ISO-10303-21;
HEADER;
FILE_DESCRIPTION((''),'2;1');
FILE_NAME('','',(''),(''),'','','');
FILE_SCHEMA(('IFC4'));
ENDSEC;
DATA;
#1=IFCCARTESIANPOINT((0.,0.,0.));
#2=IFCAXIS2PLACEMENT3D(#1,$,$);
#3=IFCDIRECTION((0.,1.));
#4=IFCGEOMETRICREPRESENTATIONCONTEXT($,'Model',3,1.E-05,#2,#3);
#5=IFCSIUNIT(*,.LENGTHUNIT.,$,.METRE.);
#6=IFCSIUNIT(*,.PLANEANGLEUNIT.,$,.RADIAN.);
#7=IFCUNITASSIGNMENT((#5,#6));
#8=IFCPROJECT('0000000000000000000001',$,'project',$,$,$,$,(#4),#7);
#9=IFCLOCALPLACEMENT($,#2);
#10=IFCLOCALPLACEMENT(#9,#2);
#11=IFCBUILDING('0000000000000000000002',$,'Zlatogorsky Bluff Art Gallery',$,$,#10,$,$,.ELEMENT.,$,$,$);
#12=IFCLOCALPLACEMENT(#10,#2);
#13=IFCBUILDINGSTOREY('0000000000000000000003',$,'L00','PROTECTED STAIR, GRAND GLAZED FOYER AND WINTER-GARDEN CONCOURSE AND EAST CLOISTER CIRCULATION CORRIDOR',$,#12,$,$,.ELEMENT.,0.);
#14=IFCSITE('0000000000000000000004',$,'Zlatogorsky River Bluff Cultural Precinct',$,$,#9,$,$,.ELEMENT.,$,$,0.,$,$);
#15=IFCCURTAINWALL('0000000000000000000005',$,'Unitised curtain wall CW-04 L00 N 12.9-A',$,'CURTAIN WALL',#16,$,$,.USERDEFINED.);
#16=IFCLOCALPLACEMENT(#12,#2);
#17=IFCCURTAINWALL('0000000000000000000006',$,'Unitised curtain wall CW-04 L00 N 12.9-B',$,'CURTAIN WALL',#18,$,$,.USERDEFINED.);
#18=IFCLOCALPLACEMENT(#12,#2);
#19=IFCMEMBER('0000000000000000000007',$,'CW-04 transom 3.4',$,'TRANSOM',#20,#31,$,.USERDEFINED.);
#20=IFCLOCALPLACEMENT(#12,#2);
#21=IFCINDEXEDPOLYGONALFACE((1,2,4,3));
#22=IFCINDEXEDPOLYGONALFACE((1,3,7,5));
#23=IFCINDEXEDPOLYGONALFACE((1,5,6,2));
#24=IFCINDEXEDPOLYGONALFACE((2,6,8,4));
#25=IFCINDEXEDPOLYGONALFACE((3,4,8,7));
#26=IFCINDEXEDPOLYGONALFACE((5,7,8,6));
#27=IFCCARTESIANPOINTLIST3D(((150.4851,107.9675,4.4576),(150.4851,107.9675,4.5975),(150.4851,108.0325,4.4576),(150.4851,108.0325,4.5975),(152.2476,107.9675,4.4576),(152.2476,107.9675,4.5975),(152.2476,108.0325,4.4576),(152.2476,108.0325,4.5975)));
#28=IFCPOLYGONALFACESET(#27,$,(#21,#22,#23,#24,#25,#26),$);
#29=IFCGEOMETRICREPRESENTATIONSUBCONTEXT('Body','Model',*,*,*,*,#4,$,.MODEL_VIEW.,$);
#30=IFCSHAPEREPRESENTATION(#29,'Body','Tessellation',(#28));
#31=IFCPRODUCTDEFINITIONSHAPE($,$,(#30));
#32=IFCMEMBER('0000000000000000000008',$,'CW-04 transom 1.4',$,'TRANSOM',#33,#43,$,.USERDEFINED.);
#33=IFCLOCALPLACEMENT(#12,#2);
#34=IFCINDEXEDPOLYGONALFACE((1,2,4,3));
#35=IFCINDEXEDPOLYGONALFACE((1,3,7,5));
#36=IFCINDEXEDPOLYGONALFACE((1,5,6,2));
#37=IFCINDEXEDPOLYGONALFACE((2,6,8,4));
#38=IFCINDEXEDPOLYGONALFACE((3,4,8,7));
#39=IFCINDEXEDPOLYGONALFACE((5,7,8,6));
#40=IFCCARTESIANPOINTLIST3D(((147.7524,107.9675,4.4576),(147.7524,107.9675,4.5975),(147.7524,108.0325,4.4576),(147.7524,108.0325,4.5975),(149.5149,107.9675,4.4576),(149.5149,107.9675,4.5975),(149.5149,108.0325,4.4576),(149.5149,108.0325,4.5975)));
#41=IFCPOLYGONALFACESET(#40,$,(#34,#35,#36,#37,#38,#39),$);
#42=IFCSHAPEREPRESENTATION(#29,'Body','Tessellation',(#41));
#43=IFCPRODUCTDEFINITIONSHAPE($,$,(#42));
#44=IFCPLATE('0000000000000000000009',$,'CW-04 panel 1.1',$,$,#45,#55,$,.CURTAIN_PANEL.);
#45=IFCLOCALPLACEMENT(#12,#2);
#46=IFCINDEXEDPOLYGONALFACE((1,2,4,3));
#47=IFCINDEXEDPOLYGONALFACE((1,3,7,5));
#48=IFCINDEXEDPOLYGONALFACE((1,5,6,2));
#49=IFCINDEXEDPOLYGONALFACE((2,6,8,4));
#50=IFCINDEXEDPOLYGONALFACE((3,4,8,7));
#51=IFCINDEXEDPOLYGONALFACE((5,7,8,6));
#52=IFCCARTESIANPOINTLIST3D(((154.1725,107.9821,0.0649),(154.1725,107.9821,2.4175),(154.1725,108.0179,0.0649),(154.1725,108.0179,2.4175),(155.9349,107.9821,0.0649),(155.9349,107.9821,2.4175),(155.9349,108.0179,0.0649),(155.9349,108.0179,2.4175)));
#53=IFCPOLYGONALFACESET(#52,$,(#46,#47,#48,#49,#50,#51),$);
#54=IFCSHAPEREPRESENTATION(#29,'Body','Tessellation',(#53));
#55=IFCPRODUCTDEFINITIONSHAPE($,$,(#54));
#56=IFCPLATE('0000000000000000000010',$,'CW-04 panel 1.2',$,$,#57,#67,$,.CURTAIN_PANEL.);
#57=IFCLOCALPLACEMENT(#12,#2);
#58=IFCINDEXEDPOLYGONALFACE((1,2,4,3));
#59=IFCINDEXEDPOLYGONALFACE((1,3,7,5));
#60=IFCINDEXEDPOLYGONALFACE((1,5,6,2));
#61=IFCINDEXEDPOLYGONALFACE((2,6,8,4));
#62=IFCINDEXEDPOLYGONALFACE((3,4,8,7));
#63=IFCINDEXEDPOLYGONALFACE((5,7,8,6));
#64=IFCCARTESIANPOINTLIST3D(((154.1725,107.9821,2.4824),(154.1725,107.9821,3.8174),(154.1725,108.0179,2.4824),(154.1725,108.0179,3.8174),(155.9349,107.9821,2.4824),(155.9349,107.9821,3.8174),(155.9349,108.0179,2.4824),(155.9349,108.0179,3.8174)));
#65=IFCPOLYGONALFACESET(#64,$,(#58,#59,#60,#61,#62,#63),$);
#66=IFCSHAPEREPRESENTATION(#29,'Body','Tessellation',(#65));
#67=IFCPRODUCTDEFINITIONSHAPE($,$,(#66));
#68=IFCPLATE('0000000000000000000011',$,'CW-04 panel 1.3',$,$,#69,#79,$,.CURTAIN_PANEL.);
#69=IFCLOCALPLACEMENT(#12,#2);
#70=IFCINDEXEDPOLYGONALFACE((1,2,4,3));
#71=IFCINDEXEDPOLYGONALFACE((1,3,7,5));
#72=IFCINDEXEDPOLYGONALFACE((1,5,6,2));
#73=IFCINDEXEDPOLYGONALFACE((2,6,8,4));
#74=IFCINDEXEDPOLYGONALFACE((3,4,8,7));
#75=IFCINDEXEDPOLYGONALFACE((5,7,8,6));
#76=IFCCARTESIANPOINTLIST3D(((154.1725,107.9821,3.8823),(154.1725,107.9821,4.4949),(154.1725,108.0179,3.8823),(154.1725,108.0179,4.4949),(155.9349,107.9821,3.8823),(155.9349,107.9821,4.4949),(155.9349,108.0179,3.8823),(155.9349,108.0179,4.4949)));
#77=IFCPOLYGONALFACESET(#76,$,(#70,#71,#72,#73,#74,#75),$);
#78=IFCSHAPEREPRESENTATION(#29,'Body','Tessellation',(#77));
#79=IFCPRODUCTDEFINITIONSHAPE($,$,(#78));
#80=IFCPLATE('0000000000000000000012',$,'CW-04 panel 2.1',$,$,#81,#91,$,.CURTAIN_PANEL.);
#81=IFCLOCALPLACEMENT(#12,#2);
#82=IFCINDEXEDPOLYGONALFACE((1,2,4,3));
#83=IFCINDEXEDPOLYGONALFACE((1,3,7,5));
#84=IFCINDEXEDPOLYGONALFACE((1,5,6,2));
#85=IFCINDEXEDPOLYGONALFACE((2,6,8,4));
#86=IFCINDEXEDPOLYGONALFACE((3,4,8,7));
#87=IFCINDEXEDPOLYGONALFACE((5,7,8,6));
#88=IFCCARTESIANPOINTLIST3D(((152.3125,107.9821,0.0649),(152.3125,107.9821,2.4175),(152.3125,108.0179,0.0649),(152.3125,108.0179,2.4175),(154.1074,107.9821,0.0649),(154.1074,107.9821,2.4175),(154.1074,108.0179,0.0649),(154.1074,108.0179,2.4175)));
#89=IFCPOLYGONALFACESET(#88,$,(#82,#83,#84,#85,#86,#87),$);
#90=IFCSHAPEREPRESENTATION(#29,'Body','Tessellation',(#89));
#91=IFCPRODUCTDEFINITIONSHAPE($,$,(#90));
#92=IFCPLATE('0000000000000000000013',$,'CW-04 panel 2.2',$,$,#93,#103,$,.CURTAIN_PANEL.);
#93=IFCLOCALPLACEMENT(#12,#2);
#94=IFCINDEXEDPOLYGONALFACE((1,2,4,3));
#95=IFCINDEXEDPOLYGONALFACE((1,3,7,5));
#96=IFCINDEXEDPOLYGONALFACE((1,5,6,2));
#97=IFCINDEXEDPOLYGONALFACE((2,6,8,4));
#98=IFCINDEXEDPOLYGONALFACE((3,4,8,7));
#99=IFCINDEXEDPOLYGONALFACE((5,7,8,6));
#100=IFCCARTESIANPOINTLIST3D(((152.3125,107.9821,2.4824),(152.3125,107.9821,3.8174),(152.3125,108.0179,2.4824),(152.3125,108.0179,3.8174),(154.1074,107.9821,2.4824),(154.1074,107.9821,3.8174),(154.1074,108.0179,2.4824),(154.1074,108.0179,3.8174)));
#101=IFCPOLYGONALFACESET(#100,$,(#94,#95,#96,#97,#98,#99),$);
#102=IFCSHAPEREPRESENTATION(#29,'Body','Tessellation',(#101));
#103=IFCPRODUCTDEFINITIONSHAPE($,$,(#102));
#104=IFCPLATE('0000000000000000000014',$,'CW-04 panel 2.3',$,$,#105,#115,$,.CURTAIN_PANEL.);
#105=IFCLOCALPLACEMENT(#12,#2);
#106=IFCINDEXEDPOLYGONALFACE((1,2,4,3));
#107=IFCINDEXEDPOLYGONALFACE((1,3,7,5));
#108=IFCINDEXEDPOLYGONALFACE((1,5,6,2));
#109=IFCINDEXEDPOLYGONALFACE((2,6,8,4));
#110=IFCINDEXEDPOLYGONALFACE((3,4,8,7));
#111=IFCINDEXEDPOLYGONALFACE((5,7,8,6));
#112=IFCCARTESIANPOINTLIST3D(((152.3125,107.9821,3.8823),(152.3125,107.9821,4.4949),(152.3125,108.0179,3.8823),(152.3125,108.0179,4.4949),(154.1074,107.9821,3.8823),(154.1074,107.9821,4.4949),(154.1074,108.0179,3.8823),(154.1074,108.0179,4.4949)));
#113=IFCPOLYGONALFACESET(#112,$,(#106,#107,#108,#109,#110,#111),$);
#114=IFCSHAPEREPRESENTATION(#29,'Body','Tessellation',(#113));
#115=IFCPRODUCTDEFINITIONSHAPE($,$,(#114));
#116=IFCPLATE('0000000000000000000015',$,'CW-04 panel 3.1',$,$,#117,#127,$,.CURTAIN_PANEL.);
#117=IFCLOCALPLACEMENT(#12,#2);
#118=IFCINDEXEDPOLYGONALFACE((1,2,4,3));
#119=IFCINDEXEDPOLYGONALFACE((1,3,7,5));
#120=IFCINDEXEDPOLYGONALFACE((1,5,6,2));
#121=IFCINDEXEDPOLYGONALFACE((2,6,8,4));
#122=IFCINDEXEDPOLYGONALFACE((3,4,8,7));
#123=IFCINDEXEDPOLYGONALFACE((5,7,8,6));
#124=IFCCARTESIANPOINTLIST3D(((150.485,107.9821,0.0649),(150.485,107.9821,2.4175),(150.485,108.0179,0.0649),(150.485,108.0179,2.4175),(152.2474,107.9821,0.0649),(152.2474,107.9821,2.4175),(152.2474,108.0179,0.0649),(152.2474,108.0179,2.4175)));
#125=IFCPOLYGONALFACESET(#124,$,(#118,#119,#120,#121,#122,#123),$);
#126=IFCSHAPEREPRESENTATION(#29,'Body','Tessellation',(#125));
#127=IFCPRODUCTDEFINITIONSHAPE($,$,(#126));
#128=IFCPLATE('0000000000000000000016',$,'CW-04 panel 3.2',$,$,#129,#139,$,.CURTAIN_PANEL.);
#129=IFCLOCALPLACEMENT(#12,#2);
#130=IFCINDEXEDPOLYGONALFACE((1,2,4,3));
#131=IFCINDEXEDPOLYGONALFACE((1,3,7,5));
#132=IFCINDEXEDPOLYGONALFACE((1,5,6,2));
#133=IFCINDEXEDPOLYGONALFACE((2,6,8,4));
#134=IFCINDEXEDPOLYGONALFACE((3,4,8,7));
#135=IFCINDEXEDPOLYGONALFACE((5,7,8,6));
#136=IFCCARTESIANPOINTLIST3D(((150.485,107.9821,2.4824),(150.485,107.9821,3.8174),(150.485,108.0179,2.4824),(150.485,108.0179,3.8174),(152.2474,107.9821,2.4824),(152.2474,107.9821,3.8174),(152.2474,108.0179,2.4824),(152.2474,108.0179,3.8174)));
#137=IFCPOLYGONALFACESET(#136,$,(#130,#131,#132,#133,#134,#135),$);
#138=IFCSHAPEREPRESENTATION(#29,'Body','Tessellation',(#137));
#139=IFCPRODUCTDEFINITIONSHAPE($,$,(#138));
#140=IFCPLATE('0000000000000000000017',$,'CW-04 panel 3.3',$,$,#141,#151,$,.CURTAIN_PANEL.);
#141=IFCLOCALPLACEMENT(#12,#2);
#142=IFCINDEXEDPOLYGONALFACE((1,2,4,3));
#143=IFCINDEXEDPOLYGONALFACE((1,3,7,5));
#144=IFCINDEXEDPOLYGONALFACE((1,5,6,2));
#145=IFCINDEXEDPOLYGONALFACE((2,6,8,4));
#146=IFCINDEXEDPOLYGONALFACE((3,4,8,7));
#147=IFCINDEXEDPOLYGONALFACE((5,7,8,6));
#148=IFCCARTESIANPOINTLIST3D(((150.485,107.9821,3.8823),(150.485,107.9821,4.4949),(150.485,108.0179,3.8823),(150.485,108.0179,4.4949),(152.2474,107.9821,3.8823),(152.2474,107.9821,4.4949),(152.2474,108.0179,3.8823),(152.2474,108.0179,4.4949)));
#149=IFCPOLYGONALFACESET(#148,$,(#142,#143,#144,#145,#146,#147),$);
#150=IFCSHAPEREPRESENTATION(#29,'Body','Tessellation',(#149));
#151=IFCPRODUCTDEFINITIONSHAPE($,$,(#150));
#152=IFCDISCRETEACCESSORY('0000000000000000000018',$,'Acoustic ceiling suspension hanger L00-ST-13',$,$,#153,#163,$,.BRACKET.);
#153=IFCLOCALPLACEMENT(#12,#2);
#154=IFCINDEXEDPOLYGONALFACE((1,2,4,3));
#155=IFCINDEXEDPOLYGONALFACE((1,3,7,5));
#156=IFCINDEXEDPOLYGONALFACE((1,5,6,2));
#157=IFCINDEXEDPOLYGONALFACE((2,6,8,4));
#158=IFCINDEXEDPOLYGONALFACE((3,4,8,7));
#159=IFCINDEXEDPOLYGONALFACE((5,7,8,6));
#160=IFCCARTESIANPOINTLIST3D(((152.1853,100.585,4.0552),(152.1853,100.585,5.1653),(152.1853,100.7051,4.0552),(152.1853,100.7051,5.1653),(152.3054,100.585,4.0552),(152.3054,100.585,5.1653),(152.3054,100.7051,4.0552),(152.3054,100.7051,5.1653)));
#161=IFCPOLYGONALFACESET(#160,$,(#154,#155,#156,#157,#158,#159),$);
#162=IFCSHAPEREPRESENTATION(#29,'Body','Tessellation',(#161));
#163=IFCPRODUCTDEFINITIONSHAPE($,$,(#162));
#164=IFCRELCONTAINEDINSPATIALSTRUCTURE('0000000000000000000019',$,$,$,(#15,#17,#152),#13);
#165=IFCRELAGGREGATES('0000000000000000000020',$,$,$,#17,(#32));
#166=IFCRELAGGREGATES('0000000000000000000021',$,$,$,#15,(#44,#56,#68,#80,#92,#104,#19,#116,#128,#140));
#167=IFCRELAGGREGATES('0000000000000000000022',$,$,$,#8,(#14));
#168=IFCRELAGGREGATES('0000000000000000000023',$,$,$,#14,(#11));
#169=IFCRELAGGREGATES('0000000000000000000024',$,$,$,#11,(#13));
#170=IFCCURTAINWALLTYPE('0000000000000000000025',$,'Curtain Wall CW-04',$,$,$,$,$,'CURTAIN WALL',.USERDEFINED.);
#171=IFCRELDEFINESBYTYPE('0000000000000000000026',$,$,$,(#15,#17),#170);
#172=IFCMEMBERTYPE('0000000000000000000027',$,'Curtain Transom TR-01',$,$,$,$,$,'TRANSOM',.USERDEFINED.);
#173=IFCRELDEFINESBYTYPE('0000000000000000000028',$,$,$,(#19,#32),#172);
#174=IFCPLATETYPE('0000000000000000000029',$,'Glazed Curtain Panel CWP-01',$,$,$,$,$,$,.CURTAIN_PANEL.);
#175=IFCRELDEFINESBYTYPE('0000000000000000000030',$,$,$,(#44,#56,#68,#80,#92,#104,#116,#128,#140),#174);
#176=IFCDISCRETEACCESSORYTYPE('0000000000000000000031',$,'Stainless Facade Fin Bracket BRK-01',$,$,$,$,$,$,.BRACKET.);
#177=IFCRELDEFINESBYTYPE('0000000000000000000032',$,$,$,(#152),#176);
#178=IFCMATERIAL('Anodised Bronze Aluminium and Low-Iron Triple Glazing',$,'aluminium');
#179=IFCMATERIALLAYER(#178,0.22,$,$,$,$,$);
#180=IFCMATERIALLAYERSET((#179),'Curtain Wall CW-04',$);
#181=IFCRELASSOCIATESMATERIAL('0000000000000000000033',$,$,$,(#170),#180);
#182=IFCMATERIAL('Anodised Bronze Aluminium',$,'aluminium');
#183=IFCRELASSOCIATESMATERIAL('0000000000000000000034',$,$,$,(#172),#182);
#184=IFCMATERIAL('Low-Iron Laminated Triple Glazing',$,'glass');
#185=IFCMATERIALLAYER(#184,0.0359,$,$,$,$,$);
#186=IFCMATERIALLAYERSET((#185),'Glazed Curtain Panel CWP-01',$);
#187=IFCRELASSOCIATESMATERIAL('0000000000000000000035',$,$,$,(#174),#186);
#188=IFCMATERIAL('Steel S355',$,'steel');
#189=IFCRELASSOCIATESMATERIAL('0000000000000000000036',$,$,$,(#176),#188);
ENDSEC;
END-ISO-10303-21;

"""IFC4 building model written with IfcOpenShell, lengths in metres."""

from ifc_helpers import new_model, si_unit, direction, frame, origin, origin_2d, place, context, subcontext, project, spatial, rectangle, extrude, material, layer, layer_set, material_profile, profile_set, type_object, element, aggregate, save


model = new_model("IFC4")

# Units and contexts
model_context = context("Model", 3, precision=1e-05, world=origin(), true_north=direction((0.0, 1.0)))
body_context = subcontext(model_context, "Body", "Model", "MODEL_VIEW")
ifc_project = project(units=[si_unit("LENGTHUNIT", "METRE"), si_unit("PLANEANGLEUNIT", "RADIAN")], contexts=[model_context])

# Site, building, storey
site_placement = place(None, origin())
site = spatial("IfcSite", under=ifc_project, at=site_placement, Name="Zlatogorsky River Bluff Cultural Precinct", CompositionType="ELEMENT", RefElevation=0.0)
building_placement = place(site_placement, origin())
building = spatial("IfcBuilding", under=site, at=building_placement, Name="Zlatogorsky Bluff Art Gallery", CompositionType="ELEMENT")
storey_placement = place(building_placement, origin())
storey = spatial("IfcBuildingStorey", under=building, at=storey_placement, Name="L00", Description="PROTECTED STAIR, GRAND GLAZED FOYER AND WINTER-GARDEN CONCOURSE AND EAST CLOISTER CIRCULATION CORRIDOR", CompositionType="ELEMENT", Elevation=0.0)

# Curtain wall
ifc_material_1 = material(Name="Anodised Bronze Aluminium and Low-Iron Triple Glazing", Category="aluminium")
ifc_layer_1 = layer(ifc_material_1, 0.22)
ifc_layer_set_1 = layer_set([ifc_layer_1], Name="Curtain Wall CW-04")
curtain_wall_type = type_object("IfcCurtainWallType", Name="Curtain Wall CW-04", ElementType="CURTAIN WALL", PredefinedType="USERDEFINED", material=ifc_layer_set_1)
curtain_wall_1_placement = place(storey_placement, origin())
curtain_wall_1 = element("IfcCurtainWall", 1, at=curtain_wall_1_placement, inside=storey, type_object=curtain_wall_type, Name="Unitised curtain wall CW-04 L00 N 12.9-A", ObjectType="CURTAIN WALL", PredefinedType="USERDEFINED")
ifc_material_2 = material(Name="Anodised Bronze Aluminium", Category="aluminium")

# Curtain wall
curtain_wall_2_placement = place(storey_placement, origin())
curtain_wall_2 = element("IfcCurtainWall", 2, at=curtain_wall_2_placement, inside=storey, type_object=curtain_wall_type, Name="Unitised curtain wall CW-04 L00 N 12.9-B", ObjectType="CURTAIN WALL", PredefinedType="USERDEFINED")

# Members
ifc_material_profile_1 = material_profile(ifc_material_2, rectangle(XDim=0.0649, YDim=0.1399, at=origin_2d()), Name="ALU TRANSOM 65x140")
ifc_profile_set_1 = profile_set([ifc_material_profile_1], Name="Anodised Bronze Aluminium")
member_type_1 = type_object("IfcMemberType", Name="Curtain Transom TR-01", ElementType="TRANSOM", PredefinedType="USERDEFINED", material=ifc_profile_set_1)
member_1_placement = place(storey_placement, frame((152.2476, 108.0, 4.5276), z_axis=(-1.0, 0.0, 0.0), x_axis=(0.0, -1.0, 0.0)))
member_1 = element("IfcMember", 3, at=member_1_placement, type_object=member_type_1, Name="CW-04 transom 3.4", ObjectType="TRANSOM", PredefinedType="USERDEFINED", context=body_context, shape_type="SweptSolid", body=[
    extrude(rectangle(XDim=0.0649, YDim=0.1399, at=origin_2d()), origin(), (0.0, 0.0, 1.0), 1.7625),
])
member_2_placement = place(storey_placement, frame((149.5149, 108.0, 4.5276), z_axis=(-1.0, 0.0, 0.0), x_axis=(0.0, -1.0, 0.0)))
member_2 = element("IfcMember", 4, at=member_2_placement, type_object=member_type_1, Name="CW-04 transom 1.4", ObjectType="TRANSOM", PredefinedType="USERDEFINED", context=body_context, shape_type="SweptSolid", body=[
    extrude(rectangle(XDim=0.0649, YDim=0.1399, at=origin_2d()), origin(), (0.0, 0.0, 1.0), 1.7625),
])
aggregate(curtain_wall_2, [member_2])

# Plates
ifc_material_3 = material(Name="Low-Iron Laminated Triple Glazing", Category="glass")
ifc_layer_2 = layer(ifc_material_3, 0.0359)
ifc_layer_set_2 = layer_set([ifc_layer_2], Name="Glazed Curtain Panel CWP-01")
plate_type = type_object("IfcPlateType", Name="Glazed Curtain Panel CWP-01", PredefinedType="CURTAIN_PANEL", material=ifc_layer_set_2)
plate_1_placement = place(storey_placement, frame((155.0537, 108.0, 0.0649), z_axis=(0.0, 0.0, 1.0), x_axis=(-1.0, 0.0, 0.0)))
plate_1 = element("IfcPlate", 5, at=plate_1_placement, type_object=plate_type, Name="CW-04 panel 1.1", PredefinedType="CURTAIN_PANEL", context=body_context, shape_type="SweptSolid", body=[
    extrude(rectangle(XDim=1.7625, YDim=0.0359, at=origin_2d()), origin(), (0.0, 0.0, 1.0), 2.3525),
])
plate_2_placement = place(storey_placement, frame((155.0537, 108.0, 2.4824), z_axis=(0.0, 0.0, 1.0), x_axis=(-1.0, 0.0, 0.0)))
plate_2 = element("IfcPlate", 6, at=plate_2_placement, type_object=plate_type, Name="CW-04 panel 1.2", PredefinedType="CURTAIN_PANEL", context=body_context, shape_type="SweptSolid", body=[
    extrude(rectangle(XDim=1.7625, YDim=0.0359, at=origin_2d()), origin(), (0.0, 0.0, 1.0), 1.335),
])
plate_3_placement = place(storey_placement, frame((155.0537, 108.0, 3.8823), z_axis=(0.0, 0.0, 1.0), x_axis=(-1.0, 0.0, 0.0)))
plate_3 = element("IfcPlate", 7, at=plate_3_placement, type_object=plate_type, Name="CW-04 panel 1.3", PredefinedType="CURTAIN_PANEL", context=body_context, shape_type="SweptSolid", body=[
    extrude(rectangle(XDim=1.7625, YDim=0.0359, at=origin_2d()), origin(), (0.0, 0.0, 1.0), 0.6125),
])
plate_4_placement = place(storey_placement, frame((153.21, 108.0, 0.0649), z_axis=(0.0, 0.0, 1.0), x_axis=(-1.0, 0.0, 0.0)))
plate_4 = element("IfcPlate", 8, at=plate_4_placement, type_object=plate_type, Name="CW-04 panel 2.1", PredefinedType="CURTAIN_PANEL", context=body_context, shape_type="SweptSolid", body=[
    extrude(rectangle(XDim=1.7949, YDim=0.0359, at=origin_2d()), origin(), (0.0, 0.0, 1.0), 2.3525),
])
plate_5_placement = place(storey_placement, frame((153.21, 108.0, 2.4824), z_axis=(0.0, 0.0, 1.0), x_axis=(-1.0, 0.0, 0.0)))
plate_5 = element("IfcPlate", 9, at=plate_5_placement, type_object=plate_type, Name="CW-04 panel 2.2", PredefinedType="CURTAIN_PANEL", context=body_context, shape_type="SweptSolid", body=[
    extrude(rectangle(XDim=1.7949, YDim=0.0359, at=origin_2d()), origin(), (0.0, 0.0, 1.0), 1.335),
])
plate_6_placement = place(storey_placement, frame((153.21, 108.0, 3.8823), z_axis=(0.0, 0.0, 1.0), x_axis=(-1.0, 0.0, 0.0)))
plate_6 = element("IfcPlate", 10, at=plate_6_placement, type_object=plate_type, Name="CW-04 panel 2.3", PredefinedType="CURTAIN_PANEL", context=body_context, shape_type="SweptSolid", body=[
    extrude(rectangle(XDim=1.7949, YDim=0.0359, at=origin_2d()), origin(), (0.0, 0.0, 1.0), 0.6125),
])
plate_7_placement = place(storey_placement, frame((151.3662, 108.0, 0.0649), z_axis=(0.0, 0.0, 1.0), x_axis=(-1.0, 0.0, 0.0)))
plate_7 = element("IfcPlate", 11, at=plate_7_placement, type_object=plate_type, Name="CW-04 panel 3.1", PredefinedType="CURTAIN_PANEL", context=body_context, shape_type="SweptSolid", body=[
    extrude(rectangle(XDim=1.7625, YDim=0.0359, at=origin_2d()), origin(), (0.0, 0.0, 1.0), 2.3525),
])
plate_8_placement = place(storey_placement, frame((151.3662, 108.0, 2.4824), z_axis=(0.0, 0.0, 1.0), x_axis=(-1.0, 0.0, 0.0)))
plate_8 = element("IfcPlate", 12, at=plate_8_placement, type_object=plate_type, Name="CW-04 panel 3.2", PredefinedType="CURTAIN_PANEL", context=body_context, shape_type="SweptSolid", body=[
    extrude(rectangle(XDim=1.7625, YDim=0.0359, at=origin_2d()), origin(), (0.0, 0.0, 1.0), 1.335),
])
plate_9_placement = place(storey_placement, frame((151.3662, 108.0, 3.8823), z_axis=(0.0, 0.0, 1.0), x_axis=(-1.0, 0.0, 0.0)))
plate_9 = element("IfcPlate", 13, at=plate_9_placement, type_object=plate_type, Name="CW-04 panel 3.3", PredefinedType="CURTAIN_PANEL", context=body_context, shape_type="SweptSolid", body=[
    extrude(rectangle(XDim=1.7625, YDim=0.0359, at=origin_2d()), origin(), (0.0, 0.0, 1.0), 0.6125),
])
aggregate(curtain_wall_1, [plate_1, plate_2, plate_3, plate_4, plate_5, plate_6, member_1, plate_7, plate_8, plate_9])

# Discrete accessory
ifc_material_4 = material(Name="Steel S355", Category="steel")
discrete_accessory_type = type_object("IfcDiscreteAccessoryType", Name="Stainless Facade Fin Bracket BRK-01", PredefinedType="BRACKET", material=ifc_material_4)
discrete_accessory_placement = place(storey_placement, frame((152.2454, 100.645, 4.0552), z_axis=(0.0, 0.0, 1.0), x_axis=(1.0, 0.0, 0.0)))
element("IfcDiscreteAccessory", 14, at=discrete_accessory_placement, inside=storey, type_object=discrete_accessory_type, Name="Acoustic ceiling suspension hanger L00-ST-13", PredefinedType="BRACKET", context=body_context, shape_type="SweptSolid", body=[
    extrude(rectangle(XDim=0.1201, YDim=0.1201, at=origin_2d()), origin(), (0.0, 0.0, 1.0), 1.1101),
])

save(model, "model.ifc")
